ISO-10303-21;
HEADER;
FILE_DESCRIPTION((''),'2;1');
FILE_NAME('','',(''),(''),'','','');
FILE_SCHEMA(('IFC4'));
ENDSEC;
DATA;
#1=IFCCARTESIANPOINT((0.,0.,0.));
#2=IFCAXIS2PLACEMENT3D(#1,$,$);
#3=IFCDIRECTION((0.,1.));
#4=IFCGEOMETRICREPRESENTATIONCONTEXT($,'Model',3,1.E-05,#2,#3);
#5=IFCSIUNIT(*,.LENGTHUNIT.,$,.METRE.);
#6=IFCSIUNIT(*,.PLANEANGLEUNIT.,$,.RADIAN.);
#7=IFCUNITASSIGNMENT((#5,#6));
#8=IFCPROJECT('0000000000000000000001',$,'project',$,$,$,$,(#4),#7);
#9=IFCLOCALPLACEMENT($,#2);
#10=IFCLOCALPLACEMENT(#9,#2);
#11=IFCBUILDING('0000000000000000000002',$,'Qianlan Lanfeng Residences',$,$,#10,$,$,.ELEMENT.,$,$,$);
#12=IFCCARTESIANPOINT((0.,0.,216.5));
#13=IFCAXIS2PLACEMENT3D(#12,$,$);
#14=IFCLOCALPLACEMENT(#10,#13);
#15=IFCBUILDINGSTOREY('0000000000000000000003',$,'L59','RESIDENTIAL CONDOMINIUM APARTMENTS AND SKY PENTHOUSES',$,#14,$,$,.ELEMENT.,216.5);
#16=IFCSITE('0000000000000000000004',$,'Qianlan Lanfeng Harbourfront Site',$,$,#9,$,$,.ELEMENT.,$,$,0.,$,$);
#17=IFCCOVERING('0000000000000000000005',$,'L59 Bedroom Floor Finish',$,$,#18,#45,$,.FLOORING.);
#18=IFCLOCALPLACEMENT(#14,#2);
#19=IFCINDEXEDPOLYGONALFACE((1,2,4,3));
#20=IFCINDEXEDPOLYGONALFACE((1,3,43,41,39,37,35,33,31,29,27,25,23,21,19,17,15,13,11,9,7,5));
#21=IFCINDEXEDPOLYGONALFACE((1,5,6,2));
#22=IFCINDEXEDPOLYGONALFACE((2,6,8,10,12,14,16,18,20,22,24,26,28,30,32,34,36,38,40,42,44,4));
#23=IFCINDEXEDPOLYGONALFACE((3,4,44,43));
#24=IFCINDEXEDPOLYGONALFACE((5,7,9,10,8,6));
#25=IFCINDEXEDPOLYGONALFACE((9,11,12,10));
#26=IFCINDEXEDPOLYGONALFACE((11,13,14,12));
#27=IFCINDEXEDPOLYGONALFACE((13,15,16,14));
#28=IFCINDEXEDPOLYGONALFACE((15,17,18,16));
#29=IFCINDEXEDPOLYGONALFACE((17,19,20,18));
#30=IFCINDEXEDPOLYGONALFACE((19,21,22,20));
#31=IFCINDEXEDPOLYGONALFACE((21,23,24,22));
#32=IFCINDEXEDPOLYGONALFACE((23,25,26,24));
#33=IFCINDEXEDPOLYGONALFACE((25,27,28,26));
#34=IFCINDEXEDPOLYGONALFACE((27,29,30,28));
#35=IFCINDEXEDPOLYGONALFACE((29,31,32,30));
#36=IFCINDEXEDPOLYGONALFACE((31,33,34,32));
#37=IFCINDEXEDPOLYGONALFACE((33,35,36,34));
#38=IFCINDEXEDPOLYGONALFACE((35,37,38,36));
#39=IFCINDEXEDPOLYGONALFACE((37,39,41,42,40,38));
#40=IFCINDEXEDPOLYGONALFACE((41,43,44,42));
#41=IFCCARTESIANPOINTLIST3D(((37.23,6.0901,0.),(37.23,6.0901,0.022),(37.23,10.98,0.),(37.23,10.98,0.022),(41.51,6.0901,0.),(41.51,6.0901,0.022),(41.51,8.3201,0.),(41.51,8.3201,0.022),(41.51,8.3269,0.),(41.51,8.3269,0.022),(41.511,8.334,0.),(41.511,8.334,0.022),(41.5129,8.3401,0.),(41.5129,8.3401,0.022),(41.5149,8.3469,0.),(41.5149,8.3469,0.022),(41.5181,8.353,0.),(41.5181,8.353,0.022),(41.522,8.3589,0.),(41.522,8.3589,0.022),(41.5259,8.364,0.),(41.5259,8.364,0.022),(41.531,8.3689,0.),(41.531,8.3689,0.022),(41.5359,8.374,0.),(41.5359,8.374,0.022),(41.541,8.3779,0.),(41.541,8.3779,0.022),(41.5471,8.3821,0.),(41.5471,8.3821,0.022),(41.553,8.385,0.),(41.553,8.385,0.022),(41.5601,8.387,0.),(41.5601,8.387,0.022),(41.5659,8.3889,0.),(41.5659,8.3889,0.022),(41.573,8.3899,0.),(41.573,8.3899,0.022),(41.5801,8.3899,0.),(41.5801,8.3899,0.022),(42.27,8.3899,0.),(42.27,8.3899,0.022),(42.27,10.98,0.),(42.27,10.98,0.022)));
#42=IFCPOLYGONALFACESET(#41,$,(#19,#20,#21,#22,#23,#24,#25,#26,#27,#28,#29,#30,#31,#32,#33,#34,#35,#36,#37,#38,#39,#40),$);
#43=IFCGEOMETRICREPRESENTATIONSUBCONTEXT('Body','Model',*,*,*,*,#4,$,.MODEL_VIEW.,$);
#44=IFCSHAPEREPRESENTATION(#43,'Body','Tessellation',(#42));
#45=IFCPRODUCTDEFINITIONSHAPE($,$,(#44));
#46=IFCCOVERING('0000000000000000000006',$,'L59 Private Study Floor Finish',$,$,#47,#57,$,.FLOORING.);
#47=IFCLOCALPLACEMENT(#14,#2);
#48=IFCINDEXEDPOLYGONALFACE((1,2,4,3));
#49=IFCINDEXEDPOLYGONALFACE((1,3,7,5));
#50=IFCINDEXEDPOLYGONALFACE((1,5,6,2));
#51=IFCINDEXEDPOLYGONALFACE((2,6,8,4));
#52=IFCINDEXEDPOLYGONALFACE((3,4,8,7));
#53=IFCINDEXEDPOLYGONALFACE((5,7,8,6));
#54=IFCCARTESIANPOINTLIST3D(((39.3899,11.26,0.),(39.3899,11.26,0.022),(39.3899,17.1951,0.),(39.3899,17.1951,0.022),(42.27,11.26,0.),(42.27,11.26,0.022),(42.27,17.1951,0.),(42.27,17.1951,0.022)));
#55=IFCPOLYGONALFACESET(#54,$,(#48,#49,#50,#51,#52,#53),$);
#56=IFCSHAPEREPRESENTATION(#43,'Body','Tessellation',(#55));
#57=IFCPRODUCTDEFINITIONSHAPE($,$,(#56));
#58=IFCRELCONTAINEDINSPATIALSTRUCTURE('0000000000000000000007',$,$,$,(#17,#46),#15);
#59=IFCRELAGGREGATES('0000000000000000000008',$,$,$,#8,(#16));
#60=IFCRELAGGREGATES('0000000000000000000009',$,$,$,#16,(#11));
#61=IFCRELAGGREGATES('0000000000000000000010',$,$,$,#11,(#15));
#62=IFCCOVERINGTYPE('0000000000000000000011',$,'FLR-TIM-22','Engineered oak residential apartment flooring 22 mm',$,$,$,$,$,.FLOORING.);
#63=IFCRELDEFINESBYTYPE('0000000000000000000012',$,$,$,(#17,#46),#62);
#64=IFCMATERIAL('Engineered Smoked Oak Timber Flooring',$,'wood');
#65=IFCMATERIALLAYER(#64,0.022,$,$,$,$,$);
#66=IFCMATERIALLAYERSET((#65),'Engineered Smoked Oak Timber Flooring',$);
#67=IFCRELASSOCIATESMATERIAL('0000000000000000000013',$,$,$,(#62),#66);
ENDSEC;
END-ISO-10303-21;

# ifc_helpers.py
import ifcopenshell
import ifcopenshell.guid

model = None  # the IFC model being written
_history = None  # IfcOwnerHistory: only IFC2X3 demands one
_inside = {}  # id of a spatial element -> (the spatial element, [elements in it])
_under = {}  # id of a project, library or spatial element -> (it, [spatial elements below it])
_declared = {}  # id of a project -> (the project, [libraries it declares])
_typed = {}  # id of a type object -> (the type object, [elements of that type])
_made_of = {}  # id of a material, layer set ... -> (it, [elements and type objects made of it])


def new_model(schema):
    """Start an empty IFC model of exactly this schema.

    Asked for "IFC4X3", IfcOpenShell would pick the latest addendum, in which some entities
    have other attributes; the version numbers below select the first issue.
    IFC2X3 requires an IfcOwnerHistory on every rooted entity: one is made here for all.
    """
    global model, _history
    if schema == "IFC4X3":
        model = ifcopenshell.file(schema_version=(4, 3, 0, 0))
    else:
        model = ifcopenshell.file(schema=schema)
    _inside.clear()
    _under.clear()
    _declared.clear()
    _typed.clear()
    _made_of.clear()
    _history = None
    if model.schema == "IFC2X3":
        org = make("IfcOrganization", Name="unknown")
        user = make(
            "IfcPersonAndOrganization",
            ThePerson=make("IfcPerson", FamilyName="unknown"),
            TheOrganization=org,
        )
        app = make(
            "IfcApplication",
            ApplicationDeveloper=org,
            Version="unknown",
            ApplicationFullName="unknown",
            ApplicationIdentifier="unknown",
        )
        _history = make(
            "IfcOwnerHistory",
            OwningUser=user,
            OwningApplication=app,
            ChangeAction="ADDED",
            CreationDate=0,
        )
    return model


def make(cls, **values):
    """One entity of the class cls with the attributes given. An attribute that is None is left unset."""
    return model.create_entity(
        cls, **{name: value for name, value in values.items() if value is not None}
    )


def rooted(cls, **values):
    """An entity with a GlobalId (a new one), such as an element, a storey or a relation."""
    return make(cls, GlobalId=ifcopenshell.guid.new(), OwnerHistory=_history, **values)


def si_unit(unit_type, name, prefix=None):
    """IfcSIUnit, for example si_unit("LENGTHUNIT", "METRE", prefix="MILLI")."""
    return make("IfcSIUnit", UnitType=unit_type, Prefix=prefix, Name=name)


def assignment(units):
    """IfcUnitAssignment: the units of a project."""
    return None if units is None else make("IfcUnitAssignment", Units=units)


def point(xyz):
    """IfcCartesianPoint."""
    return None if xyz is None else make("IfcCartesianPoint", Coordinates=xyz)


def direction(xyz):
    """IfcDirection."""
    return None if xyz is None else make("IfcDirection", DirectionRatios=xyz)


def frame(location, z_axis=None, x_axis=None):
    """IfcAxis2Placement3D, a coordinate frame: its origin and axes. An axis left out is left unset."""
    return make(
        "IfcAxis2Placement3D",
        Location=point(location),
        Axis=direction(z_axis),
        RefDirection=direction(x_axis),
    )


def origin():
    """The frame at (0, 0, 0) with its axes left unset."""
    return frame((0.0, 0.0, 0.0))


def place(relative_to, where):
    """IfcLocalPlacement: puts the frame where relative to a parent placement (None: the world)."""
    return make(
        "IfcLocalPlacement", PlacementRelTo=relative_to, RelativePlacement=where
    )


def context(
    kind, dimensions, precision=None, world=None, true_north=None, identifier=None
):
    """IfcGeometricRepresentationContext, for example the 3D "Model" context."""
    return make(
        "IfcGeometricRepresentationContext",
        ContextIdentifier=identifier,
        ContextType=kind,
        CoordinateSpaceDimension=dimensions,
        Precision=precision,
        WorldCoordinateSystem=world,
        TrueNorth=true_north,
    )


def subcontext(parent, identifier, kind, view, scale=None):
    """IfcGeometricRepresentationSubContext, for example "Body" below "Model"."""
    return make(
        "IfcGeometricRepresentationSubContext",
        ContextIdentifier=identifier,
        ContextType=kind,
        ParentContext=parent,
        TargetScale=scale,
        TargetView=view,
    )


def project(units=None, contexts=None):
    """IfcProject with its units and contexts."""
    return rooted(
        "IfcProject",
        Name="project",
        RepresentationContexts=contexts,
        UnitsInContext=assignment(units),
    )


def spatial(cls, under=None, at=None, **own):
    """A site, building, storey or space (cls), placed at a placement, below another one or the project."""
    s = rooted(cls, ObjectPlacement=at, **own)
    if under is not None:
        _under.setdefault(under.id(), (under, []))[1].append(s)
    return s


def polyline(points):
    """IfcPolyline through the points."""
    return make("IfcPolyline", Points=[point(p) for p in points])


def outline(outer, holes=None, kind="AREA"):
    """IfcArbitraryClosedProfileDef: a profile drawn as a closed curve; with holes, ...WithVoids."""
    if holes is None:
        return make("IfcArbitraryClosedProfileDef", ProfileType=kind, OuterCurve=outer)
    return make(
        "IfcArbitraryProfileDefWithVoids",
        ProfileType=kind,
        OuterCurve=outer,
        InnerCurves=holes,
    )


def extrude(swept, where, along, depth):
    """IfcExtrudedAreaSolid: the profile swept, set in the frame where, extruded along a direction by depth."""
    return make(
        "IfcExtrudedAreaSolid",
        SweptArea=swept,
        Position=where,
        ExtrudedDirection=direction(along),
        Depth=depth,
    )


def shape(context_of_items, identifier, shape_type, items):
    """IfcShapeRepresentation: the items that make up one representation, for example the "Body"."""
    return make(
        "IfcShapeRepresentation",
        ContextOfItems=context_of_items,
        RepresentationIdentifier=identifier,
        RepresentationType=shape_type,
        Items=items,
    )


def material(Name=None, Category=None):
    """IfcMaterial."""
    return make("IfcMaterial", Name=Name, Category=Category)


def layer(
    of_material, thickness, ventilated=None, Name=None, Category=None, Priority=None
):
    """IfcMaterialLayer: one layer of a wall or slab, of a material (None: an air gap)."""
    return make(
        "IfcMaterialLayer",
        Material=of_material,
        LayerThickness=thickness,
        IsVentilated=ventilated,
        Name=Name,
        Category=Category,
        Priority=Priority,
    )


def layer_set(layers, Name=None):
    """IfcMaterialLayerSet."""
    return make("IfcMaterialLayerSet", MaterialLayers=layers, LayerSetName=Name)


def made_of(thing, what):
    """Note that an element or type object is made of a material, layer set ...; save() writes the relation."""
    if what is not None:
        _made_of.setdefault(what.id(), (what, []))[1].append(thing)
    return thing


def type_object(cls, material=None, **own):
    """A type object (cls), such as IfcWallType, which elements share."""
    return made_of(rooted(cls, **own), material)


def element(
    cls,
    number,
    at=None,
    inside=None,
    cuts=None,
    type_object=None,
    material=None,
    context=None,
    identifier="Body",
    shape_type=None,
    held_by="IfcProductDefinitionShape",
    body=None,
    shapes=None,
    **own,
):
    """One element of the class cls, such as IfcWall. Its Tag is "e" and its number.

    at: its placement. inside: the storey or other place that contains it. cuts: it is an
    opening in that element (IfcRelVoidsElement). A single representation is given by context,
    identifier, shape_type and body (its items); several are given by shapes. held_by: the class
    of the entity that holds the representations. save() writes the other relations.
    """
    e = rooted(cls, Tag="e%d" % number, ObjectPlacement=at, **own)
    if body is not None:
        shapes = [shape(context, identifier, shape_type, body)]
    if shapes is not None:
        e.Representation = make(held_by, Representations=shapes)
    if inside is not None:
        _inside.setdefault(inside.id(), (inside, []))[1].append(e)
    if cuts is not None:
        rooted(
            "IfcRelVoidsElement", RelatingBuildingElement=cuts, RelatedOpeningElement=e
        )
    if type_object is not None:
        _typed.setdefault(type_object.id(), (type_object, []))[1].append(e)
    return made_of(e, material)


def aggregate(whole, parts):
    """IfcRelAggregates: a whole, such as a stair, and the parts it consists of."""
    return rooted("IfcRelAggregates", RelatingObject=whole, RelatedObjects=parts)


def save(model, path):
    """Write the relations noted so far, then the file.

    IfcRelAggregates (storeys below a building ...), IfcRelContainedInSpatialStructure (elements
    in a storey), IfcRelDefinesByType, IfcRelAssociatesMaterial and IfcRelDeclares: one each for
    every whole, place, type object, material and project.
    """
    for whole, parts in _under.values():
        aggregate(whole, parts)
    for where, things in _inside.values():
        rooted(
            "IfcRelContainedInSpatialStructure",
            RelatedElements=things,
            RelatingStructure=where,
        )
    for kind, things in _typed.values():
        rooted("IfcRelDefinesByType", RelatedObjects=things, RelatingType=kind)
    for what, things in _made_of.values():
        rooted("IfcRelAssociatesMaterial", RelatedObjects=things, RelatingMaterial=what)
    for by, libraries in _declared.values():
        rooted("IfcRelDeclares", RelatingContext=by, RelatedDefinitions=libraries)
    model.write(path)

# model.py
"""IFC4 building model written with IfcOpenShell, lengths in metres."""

from ifc_helpers import new_model, si_unit, direction, frame, origin, place, context, subcontext, project, spatial, polyline, outline, extrude, material, layer, layer_set, type_object, element, save


model = new_model("IFC4")

# Units and contexts
model_context = context("Model", 3, precision=1e-05, world=origin(), true_north=direction((0.0, 1.0)))
body_context = subcontext(model_context, "Body", "Model", "MODEL_VIEW")
ifc_project = project(units=[si_unit("LENGTHUNIT", "METRE"), si_unit("PLANEANGLEUNIT", "RADIAN")], contexts=[model_context])

# Site, building, storey
site_placement = place(None, origin())
site = spatial("IfcSite", under=ifc_project, at=site_placement, Name="Qianlan Lanfeng Harbourfront Site", CompositionType="ELEMENT", RefElevation=0.0)
building_placement = place(site_placement, origin())
building = spatial("IfcBuilding", under=site, at=building_placement, Name="Qianlan Lanfeng Residences", CompositionType="ELEMENT")
storey_placement = place(building_placement, frame((0.0, 0.0, 216.5)))
storey = spatial("IfcBuildingStorey", under=building, at=storey_placement, Name="L59", Description="RESIDENTIAL CONDOMINIUM APARTMENTS AND SKY PENTHOUSES", CompositionType="ELEMENT", Elevation=216.5)

# Coverings
ifc_material_1 = material(Name="Engineered Smoked Oak Timber Flooring", Category="wood")
ifc_layer_1 = layer(ifc_material_1, 0.022)
ifc_layer_set_1 = layer_set([ifc_layer_1], Name="Engineered Smoked Oak Timber Flooring")
covering_type_1 = type_object("IfcCoveringType", Name="FLR-TIM-22", Description="Engineered oak residential apartment flooring 22 mm", PredefinedType="FLOORING", material=ifc_layer_set_1)
covering_1_placement = place(storey_placement, origin())
element("IfcCovering", 1, at=covering_1_placement, inside=storey, type_object=covering_type_1, Name="L59 Bedroom Floor Finish", PredefinedType="FLOORING", context=body_context, shape_type="SweptSolid", body=[
    extrude(outline(polyline([(37.23, 10.98), (37.23, 6.0901), (41.51, 6.0901), (41.51, 8.3201), (41.51, 8.3269), (41.511, 8.334), (41.5129, 8.3401), (41.5149, 8.3469), (41.5181, 8.353), (41.522, 8.3589), (41.5259, 8.364), (41.531, 8.3689), (41.5359, 8.374), (41.541, 8.3779), (41.5471, 8.3821), (41.553, 8.385), (41.5601, 8.387), (41.5659, 8.3889), (41.573, 8.3899), (41.5801, 8.3899), (42.27, 8.3899), (42.27, 10.98), (37.23, 10.98)])), origin(), (0.0, 0.0, 1.0), 0.022),
])
covering_2_placement = place(storey_placement, origin())
element("IfcCovering", 2, at=covering_2_placement, inside=storey, type_object=covering_type_1, Name="L59 Private Study Floor Finish", PredefinedType="FLOORING", context=body_context, shape_type="SweptSolid", body=[
    extrude(outline(polyline([(39.3899, 11.26), (42.27, 11.26), (42.27, 17.1951), (39.3899, 17.1951), (39.3899, 11.26)])), origin(), (0.0, 0.0, 1.0), 0.022),
])

save(model, "model.ifc")
